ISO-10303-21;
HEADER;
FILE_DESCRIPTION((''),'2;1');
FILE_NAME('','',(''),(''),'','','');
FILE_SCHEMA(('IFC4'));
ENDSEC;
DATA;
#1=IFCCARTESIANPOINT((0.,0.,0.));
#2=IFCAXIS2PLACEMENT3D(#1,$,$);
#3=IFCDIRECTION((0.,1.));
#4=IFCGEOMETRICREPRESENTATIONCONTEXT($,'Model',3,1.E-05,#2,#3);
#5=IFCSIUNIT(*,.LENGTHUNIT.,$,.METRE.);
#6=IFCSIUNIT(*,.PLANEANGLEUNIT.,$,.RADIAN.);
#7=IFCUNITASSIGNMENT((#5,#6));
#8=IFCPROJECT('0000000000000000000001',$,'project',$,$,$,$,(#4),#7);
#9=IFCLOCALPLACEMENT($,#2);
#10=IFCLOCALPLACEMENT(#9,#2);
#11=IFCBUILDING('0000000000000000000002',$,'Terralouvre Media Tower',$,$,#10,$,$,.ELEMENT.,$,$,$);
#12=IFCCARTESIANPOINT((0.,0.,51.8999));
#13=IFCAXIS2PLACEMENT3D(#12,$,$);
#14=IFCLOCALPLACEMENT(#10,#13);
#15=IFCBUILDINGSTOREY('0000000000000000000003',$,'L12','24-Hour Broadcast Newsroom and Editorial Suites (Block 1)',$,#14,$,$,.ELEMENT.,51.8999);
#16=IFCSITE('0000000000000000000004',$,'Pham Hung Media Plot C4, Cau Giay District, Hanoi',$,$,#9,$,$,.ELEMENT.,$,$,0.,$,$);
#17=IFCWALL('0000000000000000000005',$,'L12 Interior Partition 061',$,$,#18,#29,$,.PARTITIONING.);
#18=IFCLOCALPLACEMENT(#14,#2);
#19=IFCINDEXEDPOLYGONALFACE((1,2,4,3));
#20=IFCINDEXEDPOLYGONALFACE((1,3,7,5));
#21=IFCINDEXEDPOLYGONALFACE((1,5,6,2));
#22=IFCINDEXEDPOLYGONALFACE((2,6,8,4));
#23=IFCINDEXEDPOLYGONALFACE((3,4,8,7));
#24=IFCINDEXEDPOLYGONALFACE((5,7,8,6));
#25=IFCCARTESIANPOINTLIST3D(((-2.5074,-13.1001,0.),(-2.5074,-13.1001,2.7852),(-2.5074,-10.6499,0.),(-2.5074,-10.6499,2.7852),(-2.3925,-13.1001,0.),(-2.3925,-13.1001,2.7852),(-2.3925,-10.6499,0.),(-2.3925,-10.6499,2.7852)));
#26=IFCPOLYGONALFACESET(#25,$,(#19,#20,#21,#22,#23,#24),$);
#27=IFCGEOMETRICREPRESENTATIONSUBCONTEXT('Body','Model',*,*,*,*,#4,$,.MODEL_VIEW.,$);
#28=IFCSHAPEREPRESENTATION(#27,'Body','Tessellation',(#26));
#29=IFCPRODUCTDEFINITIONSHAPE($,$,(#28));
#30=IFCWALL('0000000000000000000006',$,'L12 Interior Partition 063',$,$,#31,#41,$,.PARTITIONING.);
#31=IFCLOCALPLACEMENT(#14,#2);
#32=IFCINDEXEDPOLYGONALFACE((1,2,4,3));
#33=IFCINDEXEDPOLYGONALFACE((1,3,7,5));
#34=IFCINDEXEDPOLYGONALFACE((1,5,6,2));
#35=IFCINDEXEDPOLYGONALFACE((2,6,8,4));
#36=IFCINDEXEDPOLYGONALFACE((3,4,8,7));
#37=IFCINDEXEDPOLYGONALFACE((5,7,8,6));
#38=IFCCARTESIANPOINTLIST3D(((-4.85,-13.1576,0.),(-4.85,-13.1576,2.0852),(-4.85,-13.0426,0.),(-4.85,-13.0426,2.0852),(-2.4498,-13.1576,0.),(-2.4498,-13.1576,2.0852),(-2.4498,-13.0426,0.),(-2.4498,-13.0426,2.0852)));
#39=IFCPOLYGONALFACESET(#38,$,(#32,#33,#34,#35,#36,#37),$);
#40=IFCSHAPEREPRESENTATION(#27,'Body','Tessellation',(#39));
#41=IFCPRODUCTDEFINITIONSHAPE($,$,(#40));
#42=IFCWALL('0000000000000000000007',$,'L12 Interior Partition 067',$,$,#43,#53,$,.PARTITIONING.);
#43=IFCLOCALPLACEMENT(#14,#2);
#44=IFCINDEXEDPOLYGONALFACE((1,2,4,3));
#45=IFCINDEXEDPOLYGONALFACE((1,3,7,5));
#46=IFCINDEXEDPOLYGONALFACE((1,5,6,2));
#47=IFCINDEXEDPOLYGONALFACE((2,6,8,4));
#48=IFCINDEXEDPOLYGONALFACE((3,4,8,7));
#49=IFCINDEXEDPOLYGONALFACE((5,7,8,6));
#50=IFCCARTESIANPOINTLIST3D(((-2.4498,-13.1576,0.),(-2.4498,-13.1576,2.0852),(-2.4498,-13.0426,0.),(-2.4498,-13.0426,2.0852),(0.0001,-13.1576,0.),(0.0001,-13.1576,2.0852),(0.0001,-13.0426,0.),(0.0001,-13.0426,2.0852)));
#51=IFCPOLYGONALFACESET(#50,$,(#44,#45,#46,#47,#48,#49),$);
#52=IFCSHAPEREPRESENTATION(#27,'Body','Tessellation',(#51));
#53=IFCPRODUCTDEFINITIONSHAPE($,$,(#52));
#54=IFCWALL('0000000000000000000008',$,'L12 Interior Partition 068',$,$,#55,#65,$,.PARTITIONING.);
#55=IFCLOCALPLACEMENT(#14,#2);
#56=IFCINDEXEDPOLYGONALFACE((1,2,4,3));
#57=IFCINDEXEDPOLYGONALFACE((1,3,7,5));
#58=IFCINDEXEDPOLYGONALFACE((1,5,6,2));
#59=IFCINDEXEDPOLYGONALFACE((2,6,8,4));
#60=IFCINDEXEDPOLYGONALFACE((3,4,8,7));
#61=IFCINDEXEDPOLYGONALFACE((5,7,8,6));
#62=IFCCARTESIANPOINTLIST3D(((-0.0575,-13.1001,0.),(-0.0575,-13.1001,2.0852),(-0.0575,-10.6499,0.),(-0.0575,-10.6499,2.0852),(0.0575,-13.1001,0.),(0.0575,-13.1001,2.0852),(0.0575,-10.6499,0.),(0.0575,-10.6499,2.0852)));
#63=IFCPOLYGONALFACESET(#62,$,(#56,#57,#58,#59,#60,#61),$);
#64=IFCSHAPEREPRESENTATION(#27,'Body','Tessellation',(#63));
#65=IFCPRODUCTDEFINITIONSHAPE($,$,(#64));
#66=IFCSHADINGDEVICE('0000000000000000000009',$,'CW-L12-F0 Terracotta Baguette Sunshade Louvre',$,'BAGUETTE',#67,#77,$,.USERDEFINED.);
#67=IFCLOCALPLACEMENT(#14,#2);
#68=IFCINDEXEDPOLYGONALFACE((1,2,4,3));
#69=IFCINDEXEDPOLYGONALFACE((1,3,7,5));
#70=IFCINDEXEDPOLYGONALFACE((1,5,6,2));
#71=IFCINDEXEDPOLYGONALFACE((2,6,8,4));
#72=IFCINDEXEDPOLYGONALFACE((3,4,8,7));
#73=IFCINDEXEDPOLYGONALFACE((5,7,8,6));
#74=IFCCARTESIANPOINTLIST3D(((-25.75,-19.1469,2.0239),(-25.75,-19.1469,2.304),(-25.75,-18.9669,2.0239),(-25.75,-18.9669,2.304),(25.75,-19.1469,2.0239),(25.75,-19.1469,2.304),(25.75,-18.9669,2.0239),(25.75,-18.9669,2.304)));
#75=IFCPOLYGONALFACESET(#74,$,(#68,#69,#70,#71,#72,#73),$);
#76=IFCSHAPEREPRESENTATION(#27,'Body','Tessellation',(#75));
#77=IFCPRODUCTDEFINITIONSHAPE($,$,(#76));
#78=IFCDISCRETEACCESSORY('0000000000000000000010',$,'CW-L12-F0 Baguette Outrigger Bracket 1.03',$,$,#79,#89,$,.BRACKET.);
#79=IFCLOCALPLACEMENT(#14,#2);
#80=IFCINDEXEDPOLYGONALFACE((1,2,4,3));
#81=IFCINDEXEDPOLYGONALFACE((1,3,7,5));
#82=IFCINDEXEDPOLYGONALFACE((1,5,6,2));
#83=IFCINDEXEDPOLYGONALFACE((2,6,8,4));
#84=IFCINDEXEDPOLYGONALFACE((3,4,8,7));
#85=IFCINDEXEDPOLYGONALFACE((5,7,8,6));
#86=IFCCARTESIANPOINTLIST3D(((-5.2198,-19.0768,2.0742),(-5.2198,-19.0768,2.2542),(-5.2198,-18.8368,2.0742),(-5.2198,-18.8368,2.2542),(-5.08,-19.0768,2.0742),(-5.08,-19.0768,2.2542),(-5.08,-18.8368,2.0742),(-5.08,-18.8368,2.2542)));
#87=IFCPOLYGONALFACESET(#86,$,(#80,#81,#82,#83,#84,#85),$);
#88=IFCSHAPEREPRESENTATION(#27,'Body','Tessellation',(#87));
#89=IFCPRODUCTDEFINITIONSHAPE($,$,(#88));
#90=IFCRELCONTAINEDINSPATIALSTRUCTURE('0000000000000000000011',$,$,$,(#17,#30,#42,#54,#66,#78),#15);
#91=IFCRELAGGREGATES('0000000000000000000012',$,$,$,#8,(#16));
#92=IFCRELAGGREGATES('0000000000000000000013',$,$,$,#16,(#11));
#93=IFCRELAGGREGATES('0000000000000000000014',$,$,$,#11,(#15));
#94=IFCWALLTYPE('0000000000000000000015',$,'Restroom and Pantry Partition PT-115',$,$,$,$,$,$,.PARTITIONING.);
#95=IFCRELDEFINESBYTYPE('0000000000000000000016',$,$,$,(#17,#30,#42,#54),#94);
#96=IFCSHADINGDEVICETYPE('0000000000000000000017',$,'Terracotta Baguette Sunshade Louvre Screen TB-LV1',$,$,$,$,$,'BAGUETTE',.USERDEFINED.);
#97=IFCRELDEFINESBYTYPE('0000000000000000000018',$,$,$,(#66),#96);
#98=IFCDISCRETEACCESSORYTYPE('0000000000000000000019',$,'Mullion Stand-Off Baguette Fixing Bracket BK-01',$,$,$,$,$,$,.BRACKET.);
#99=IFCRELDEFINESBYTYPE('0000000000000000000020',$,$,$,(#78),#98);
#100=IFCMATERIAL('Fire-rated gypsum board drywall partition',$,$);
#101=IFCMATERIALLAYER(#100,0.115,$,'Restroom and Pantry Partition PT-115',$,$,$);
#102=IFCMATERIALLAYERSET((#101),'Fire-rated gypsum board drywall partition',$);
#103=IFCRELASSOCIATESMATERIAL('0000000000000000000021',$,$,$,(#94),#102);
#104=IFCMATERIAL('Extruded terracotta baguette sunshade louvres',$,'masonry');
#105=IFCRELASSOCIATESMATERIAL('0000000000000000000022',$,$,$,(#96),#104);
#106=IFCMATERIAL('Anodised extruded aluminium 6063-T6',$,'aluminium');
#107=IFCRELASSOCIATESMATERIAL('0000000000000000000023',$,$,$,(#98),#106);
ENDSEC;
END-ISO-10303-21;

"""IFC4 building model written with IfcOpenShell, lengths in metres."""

from ifc_helpers import new_model, si_unit, direction, frame, frame_2d, origin, origin_2d, place, context, subcontext, project, spatial, rectangle, extrude, material, layer, layer_set, type_object, element, save


model = new_model("IFC4")

# Units and contexts
model_context = context("Model", 3, precision=1e-05, world=origin(), true_north=direction((0.0, 1.0)))
body_context = subcontext(model_context, "Body", "Model", "MODEL_VIEW")
ifc_project = project(units=[si_unit("LENGTHUNIT", "METRE"), si_unit("PLANEANGLEUNIT", "RADIAN")], contexts=[model_context])

# Site, building, storey
site_placement = place(None, origin())
site = spatial("IfcSite", under=ifc_project, at=site_placement, Name="Pham Hung Media Plot C4, Cau Giay District, Hanoi", CompositionType="ELEMENT", RefElevation=0.0)
building_placement = place(site_placement, origin())
building = spatial("IfcBuilding", under=site, at=building_placement, Name="Terralouvre Media Tower", CompositionType="ELEMENT")
storey_placement = place(building_placement, frame((0.0, 0.0, 51.8999)))
storey = spatial("IfcBuildingStorey", under=building, at=storey_placement, Name="L12", Description="24-Hour Broadcast Newsroom and Editorial Suites (Block 1)", CompositionType="ELEMENT", Elevation=51.8999)

# Walls
ifc_material_1 = material(Name="Fire-rated gypsum board drywall partition")
ifc_layer_1 = layer(ifc_material_1, 0.115, Name="Restroom and Pantry Partition PT-115")
ifc_layer_set_1 = layer_set([ifc_layer_1], Name="Fire-rated gypsum board drywall partition")
wall_type_1 = type_object("IfcWallType", Name="Restroom and Pantry Partition PT-115", PredefinedType="PARTITIONING", material=ifc_layer_set_1)
wall_1_placement = place(storey_placement, frame((-2.45, -13.1001, 0.0), z_axis=(0.0, 0.0, 1.0), x_axis=(0.0, 1.0, 0.0)))
element("IfcWall", 1, at=wall_1_placement, inside=storey, type_object=wall_type_1, Name="L12 Interior Partition 061", PredefinedType="PARTITIONING", context=body_context, shape_type="SweptSolid", body=[
    extrude(rectangle(XDim=2.4502, YDim=0.115, at=frame_2d((1.2251, 0.0))), origin(), (0.0, 0.0, 1.0), 2.7852),
])
wall_2_placement = place(storey_placement, frame((-4.8501, -13.1001, 0.0), z_axis=(0.0, 0.0, 1.0), x_axis=(1.0, 0.0, 0.0)))
element("IfcWall", 2, at=wall_2_placement, inside=storey, type_object=wall_type_1, Name="L12 Interior Partition 063", PredefinedType="PARTITIONING", context=body_context, shape_type="SweptSolid", body=[
    extrude(rectangle(XDim=2.4001, YDim=0.115, at=frame_2d((1.2002, 0.0))), origin(), (0.0, 0.0, 1.0), 2.0852),
])
wall_3_placement = place(storey_placement, frame((-2.45, -13.1001, 0.0), z_axis=(0.0, 0.0, 1.0), x_axis=(1.0, 0.0, 0.0)))
element("IfcWall", 3, at=wall_3_placement, inside=storey, type_object=wall_type_1, Name="L12 Interior Partition 067", PredefinedType="PARTITIONING", context=body_context, shape_type="SweptSolid", body=[
    extrude(rectangle(XDim=2.45, YDim=0.115, at=frame_2d((1.2251, 0.0))), origin(), (0.0, 0.0, 1.0), 2.0852),
])
wall_4_placement = place(storey_placement, frame((0.0, -13.1001, 0.0), z_axis=(0.0, 0.0, 1.0), x_axis=(0.0, 1.0, 0.0)))
element("IfcWall", 4, at=wall_4_placement, inside=storey, type_object=wall_type_1, Name="L12 Interior Partition 068", PredefinedType="PARTITIONING", context=body_context, shape_type="SweptSolid", body=[
    extrude(rectangle(XDim=2.4502, YDim=0.115, at=frame_2d((1.2251, 0.0))), origin(), (0.0, 0.0, 1.0), 2.0852),
])

# Shading device
ifc_material_2 = material(Name="Extruded terracotta baguette sunshade louvres", Category="masonry")
shading_device_type = type_object("IfcShadingDeviceType", Name="Terracotta Baguette Sunshade Louvre Screen TB-LV1", ElementType="BAGUETTE", PredefinedType="USERDEFINED", material=ifc_material_2)
shading_device_placement = place(storey_placement, frame((0.0, -19.0569, 2.0239), z_axis=(0.0, 0.0, 1.0), x_axis=(1.0, 0.0, 0.0)))
element("IfcShadingDevice", 5, at=shading_device_placement, inside=storey, type_object=shading_device_type, Name="CW-L12-F0 Terracotta Baguette Sunshade Louvre", ObjectType="BAGUETTE", PredefinedType="USERDEFINED", context=body_context, shape_type="SweptSolid", body=[
    extrude(rectangle(XDim=51.5, YDim=0.1799, at=origin_2d()), origin(), (0.0, 0.0, 1.0), 0.28),
])

# Discrete accessory
ifc_material_3 = material(Name="Anodised extruded aluminium 6063-T6", Category="aluminium")
discrete_accessory_type = type_object("IfcDiscreteAccessoryType", Name="Mullion Stand-Off Baguette Fixing Bracket BK-01", PredefinedType="BRACKET", material=ifc_material_3)
discrete_accessory_placement = place(storey_placement, frame((-5.1499, -18.9568, 2.0742), z_axis=(0.0, 0.0, 1.0), x_axis=(1.0, 0.0, 0.0)))
element("IfcDiscreteAccessory", 6, at=discrete_accessory_placement, inside=storey, type_object=discrete_accessory_type, Name="CW-L12-F0 Baguette Outrigger Bracket 1.03", PredefinedType="BRACKET", context=body_context, shape_type="SweptSolid", body=[
    extrude(rectangle(XDim=0.1399, YDim=0.24, at=origin_2d()), origin(), (0.0, 0.0, 1.0), 0.1799),
])

save(model, "model.ifc")
